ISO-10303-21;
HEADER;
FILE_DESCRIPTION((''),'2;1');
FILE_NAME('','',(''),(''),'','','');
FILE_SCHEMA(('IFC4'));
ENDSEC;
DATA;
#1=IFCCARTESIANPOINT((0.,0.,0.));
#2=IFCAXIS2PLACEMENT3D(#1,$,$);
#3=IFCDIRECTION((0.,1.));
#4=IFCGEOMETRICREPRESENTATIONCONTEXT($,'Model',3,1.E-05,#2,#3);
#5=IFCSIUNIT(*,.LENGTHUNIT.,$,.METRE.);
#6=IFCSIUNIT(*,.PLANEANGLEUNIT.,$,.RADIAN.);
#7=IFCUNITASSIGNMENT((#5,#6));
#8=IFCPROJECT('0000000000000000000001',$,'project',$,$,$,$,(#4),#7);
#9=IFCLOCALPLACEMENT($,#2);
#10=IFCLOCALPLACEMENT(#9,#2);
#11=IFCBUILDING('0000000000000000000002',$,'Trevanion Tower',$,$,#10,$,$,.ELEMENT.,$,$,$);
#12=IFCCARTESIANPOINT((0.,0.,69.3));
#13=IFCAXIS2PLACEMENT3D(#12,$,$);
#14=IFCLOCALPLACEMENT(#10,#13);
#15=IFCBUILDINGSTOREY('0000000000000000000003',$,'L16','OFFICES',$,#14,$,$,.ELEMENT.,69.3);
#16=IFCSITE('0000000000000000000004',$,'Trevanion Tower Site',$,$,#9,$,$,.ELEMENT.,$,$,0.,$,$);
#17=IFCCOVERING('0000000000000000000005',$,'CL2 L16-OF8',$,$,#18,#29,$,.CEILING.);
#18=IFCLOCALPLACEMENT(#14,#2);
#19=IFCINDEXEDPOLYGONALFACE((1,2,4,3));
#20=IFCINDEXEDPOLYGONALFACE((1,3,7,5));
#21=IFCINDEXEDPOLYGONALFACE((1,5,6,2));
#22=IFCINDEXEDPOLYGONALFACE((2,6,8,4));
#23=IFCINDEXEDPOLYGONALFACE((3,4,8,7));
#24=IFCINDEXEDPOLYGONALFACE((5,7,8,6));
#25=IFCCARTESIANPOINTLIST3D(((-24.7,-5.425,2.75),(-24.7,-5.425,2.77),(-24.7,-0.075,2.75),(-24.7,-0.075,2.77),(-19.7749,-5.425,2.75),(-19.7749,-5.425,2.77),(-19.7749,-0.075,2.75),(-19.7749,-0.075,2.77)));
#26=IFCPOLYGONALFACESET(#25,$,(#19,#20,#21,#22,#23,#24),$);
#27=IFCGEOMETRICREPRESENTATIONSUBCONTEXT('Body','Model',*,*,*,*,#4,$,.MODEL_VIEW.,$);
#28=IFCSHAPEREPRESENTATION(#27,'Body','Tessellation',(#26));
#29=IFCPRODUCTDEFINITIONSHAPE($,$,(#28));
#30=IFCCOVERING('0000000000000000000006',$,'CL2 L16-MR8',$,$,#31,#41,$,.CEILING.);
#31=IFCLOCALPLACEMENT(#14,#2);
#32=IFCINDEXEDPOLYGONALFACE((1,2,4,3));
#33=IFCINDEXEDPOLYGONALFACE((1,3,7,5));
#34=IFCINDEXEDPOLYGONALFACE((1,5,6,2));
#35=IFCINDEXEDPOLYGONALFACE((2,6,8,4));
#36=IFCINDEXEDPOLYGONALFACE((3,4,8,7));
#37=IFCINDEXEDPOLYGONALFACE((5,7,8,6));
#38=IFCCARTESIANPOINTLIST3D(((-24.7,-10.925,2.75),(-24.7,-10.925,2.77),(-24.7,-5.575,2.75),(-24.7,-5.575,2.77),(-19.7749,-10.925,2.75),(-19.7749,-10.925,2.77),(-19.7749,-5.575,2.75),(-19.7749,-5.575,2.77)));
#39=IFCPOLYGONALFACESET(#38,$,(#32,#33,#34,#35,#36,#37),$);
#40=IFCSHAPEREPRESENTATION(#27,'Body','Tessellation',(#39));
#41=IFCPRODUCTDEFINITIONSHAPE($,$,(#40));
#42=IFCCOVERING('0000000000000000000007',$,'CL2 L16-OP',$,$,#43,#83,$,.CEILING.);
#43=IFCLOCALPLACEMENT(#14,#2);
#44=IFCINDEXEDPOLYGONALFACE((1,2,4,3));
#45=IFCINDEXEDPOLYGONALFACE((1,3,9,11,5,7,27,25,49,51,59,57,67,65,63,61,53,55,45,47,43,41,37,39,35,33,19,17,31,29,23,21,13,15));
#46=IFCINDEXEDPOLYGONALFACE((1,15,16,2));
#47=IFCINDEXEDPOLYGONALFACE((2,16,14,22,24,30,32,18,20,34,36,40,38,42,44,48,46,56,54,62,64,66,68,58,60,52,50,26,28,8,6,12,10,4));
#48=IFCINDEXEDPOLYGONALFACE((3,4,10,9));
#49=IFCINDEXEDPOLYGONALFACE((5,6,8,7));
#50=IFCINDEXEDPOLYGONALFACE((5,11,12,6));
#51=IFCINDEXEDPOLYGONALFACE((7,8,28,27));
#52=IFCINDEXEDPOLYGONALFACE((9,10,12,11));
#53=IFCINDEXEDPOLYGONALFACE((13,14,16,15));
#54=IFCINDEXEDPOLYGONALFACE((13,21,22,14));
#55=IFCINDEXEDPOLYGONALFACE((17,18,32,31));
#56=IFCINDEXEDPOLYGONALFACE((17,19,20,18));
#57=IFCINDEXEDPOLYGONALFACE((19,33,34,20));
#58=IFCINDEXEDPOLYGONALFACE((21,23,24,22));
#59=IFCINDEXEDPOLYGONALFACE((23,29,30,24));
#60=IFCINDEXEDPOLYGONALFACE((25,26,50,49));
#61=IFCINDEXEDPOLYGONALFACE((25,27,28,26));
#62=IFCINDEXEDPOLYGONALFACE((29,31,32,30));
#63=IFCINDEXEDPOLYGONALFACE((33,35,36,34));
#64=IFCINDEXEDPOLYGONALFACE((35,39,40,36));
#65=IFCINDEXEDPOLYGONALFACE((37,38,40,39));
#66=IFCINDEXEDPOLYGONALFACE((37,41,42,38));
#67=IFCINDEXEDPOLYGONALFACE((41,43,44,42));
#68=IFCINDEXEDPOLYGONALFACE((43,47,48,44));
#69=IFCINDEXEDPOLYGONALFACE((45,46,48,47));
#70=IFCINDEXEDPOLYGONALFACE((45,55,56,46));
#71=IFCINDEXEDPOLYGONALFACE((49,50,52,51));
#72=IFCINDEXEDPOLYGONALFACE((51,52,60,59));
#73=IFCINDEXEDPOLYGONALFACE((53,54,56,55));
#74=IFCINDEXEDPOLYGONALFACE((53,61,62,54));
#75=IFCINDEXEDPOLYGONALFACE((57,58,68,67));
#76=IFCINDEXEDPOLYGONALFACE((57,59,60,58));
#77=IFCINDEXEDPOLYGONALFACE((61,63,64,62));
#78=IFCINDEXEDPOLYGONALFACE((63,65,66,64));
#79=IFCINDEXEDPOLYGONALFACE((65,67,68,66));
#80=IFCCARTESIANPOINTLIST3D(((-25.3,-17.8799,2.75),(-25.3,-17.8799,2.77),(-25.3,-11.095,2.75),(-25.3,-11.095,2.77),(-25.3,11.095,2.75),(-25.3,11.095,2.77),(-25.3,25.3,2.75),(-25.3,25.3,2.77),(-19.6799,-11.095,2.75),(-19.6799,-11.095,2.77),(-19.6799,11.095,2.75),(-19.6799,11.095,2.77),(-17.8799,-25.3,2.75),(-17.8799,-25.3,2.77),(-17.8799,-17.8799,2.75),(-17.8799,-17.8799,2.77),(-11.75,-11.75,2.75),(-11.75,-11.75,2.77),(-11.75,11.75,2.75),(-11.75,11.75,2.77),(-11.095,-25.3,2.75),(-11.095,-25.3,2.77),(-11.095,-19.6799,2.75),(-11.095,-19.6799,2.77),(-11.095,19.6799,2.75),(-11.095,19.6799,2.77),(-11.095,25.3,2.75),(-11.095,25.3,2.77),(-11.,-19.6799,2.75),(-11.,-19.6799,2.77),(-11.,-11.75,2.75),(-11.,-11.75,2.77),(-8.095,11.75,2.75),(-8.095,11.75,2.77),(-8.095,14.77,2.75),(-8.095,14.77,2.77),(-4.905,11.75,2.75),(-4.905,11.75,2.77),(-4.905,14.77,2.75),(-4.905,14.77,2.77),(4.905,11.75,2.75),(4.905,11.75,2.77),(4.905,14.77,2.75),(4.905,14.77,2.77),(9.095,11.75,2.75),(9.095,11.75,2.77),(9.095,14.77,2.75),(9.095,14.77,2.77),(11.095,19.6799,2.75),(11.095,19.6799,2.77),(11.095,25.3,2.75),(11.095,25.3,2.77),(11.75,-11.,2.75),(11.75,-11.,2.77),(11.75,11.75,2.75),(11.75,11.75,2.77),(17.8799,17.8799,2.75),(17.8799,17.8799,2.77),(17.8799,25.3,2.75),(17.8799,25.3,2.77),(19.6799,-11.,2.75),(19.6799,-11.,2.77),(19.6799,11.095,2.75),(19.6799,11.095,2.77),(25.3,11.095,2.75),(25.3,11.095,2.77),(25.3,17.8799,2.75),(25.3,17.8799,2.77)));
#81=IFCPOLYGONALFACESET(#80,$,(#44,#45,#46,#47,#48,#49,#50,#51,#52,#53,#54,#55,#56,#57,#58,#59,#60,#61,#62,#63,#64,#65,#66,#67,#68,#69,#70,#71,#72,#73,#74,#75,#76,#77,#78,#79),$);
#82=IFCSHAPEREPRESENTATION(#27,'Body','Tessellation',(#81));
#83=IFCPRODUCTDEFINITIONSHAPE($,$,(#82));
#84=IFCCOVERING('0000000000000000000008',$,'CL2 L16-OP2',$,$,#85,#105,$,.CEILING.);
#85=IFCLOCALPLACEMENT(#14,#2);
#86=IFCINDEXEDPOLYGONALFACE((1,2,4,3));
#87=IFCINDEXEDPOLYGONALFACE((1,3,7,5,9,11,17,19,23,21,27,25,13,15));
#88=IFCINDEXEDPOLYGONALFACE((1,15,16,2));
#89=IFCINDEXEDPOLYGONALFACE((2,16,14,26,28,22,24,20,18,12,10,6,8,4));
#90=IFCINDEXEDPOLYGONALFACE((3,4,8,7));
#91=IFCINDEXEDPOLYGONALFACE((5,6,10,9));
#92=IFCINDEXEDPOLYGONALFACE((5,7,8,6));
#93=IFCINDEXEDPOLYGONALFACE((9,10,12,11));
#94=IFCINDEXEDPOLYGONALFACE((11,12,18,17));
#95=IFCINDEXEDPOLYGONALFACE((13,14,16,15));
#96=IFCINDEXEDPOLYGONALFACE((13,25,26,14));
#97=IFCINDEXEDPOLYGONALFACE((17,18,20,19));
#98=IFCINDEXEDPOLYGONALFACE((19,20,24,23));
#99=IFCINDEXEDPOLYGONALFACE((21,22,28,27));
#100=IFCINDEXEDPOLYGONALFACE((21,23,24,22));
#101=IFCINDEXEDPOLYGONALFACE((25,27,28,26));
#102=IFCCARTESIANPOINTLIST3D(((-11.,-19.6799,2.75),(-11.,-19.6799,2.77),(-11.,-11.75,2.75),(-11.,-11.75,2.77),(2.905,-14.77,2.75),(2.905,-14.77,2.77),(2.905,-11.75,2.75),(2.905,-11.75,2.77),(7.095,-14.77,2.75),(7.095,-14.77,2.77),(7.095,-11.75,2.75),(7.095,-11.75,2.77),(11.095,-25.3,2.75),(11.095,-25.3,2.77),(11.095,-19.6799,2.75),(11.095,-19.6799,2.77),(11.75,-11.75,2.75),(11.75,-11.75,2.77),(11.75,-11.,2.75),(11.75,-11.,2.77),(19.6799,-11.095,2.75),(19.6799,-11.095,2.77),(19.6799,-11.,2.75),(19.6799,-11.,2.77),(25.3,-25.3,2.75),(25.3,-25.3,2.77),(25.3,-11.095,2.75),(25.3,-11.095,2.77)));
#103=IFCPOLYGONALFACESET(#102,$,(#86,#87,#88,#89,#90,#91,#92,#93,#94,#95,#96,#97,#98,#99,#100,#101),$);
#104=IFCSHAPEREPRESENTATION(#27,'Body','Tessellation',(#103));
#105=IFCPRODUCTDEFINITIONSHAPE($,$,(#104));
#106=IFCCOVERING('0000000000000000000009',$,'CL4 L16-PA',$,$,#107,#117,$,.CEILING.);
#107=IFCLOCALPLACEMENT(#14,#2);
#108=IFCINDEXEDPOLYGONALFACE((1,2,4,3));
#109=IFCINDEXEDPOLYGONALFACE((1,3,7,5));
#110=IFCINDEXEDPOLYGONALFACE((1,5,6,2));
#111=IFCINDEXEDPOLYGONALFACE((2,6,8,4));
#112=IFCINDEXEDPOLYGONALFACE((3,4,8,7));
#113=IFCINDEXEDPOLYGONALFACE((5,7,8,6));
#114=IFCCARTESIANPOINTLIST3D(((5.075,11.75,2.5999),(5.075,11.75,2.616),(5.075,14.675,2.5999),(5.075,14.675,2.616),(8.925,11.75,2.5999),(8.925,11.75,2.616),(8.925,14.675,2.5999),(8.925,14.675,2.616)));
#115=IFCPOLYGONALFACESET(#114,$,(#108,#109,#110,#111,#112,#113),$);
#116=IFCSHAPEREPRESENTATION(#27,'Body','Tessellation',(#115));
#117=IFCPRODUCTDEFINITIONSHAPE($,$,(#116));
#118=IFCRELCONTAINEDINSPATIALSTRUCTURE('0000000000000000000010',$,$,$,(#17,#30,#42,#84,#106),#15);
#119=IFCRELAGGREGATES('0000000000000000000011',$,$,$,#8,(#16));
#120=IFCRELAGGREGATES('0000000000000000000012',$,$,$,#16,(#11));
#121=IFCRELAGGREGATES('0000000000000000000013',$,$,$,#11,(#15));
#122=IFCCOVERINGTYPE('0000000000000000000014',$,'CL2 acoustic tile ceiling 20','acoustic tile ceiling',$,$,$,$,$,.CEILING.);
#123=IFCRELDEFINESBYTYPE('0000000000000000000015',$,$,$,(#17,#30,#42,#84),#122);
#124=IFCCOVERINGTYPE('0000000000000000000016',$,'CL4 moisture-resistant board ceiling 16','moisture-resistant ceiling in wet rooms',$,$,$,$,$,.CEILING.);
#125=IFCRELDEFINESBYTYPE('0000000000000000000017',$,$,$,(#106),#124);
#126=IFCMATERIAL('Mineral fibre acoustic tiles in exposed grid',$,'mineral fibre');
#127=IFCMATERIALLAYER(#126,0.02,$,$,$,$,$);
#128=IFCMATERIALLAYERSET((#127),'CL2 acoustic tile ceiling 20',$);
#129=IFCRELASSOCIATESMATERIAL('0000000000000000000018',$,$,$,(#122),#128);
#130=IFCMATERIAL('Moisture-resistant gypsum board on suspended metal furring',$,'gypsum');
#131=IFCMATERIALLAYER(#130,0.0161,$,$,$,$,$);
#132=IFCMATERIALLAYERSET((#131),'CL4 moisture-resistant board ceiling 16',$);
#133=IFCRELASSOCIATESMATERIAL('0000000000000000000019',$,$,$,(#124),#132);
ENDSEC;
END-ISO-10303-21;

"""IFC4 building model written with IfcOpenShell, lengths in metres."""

from ifc_helpers import new_model, si_unit, direction, frame, origin, place, context, subcontext, project, spatial, polyline, outline, extrude, material, layer, layer_set, type_object, element, save


model = new_model("IFC4")

# Units and contexts
model_context = context("Model", 3, precision=1e-05, world=origin(), true_north=direction((0.0, 1.0)))
body_context = subcontext(model_context, "Body", "Model", "MODEL_VIEW")
ifc_project = project(units=[si_unit("LENGTHUNIT", "METRE"), si_unit("PLANEANGLEUNIT", "RADIAN")], contexts=[model_context])

# Site, building, storey
site_placement = place(None, origin())
site = spatial("IfcSite", under=ifc_project, at=site_placement, Name="Trevanion Tower Site", CompositionType="ELEMENT", RefElevation=0.0)
building_placement = place(site_placement, origin())
building = spatial("IfcBuilding", under=site, at=building_placement, Name="Trevanion Tower", CompositionType="ELEMENT")
storey_placement = place(building_placement, frame((0.0, 0.0, 69.3)))
storey = spatial("IfcBuildingStorey", under=building, at=storey_placement, Name="L16", Description="OFFICES", CompositionType="ELEMENT", Elevation=69.3)

# Coverings
ifc_material_1 = material(Name="Mineral fibre acoustic tiles in exposed grid", Category="mineral fibre")
ifc_layer_1 = layer(ifc_material_1, 0.02)
ifc_layer_set_1 = layer_set([ifc_layer_1], Name="CL2 acoustic tile ceiling 20")
covering_type_1 = type_object("IfcCoveringType", Name="CL2 acoustic tile ceiling 20", Description="acoustic tile ceiling", PredefinedType="CEILING", material=ifc_layer_set_1)
covering_1_placement = place(storey_placement, frame((0.0, 0.0, 2.75)))
element("IfcCovering", 1, at=covering_1_placement, inside=storey, type_object=covering_type_1, Name="CL2 L16-OF8", PredefinedType="CEILING", context=body_context, shape_type="SweptSolid", body=[
    extrude(outline(polyline([(-19.7749, -0.075), (-19.7749, -5.425), (-24.7, -5.425), (-24.7, -0.075), (-19.7749, -0.075)])), origin(), (0.0, 0.0, 1.0), 0.02),
])
covering_2_placement = place(storey_placement, frame((0.0, 0.0, 2.75)))
element("IfcCovering", 2, at=covering_2_placement, inside=storey, type_object=covering_type_1, Name="CL2 L16-MR8", PredefinedType="CEILING", context=body_context, shape_type="SweptSolid", body=[
    extrude(outline(polyline([(-19.7749, -5.575), (-19.7749, -10.925), (-24.7, -10.925), (-24.7, -5.575), (-19.7749, -5.575)])), origin(), (0.0, 0.0, 1.0), 0.02),
])
covering_3_placement = place(storey_placement, frame((0.0, 0.0, 2.75)))
element("IfcCovering", 3, at=covering_3_placement, inside=storey, type_object=covering_type_1, Name="CL2 L16-OP", PredefinedType="CEILING", context=body_context, shape_type="SweptSolid", body=[
    extrude(outline(polyline([(-11.0, -11.75), (-11.0, -19.6799), (-11.095, -19.6799), (-11.095, -25.3), (-17.8799, -25.3), (-17.8799, -17.8799), (-25.3, -17.8799), (-25.3, -11.095), (-19.6799, -11.095), (-19.6799, 11.095), (-25.3, 11.095), (-25.3, 25.3), (-11.095, 25.3), (-11.095, 19.6799), (11.095, 19.6799), (11.095, 25.3), (17.8799, 25.3), (17.8799, 17.8799), (25.3, 17.8799), (25.3, 11.095), (19.6799, 11.095), (19.6799, -11.0), (11.75, -11.0), (11.75, 11.75), (9.095, 11.75), (9.095, 14.77), (4.905, 14.77), (4.905, 11.75), (-4.905, 11.75), (-4.905, 14.77), (-8.095, 14.77), (-8.095, 11.75), (-11.75, 11.75), (-11.75, -11.75), (-11.0, -11.75)])), origin(), (0.0, 0.0, 1.0), 0.02),
])
covering_4_placement = place(storey_placement, frame((0.0, 0.0, 2.75)))
element("IfcCovering", 4, at=covering_4_placement, inside=storey, type_object=covering_type_1, Name="CL2 L16-OP2", PredefinedType="CEILING", context=body_context, shape_type="SweptSolid", body=[
    extrude(outline(polyline([(2.905, -11.75), (2.905, -14.77), (7.095, -14.77), (7.095, -11.75), (11.75, -11.75), (11.75, -11.0), (19.6799, -11.0), (19.6799, -11.095), (25.3, -11.095), (25.3, -25.3), (11.095, -25.3), (11.095, -19.6799), (-11.0, -19.6799), (-11.0, -11.75), (2.905, -11.75)])), origin(), (0.0, 0.0, 1.0), 0.02),
])
ifc_material_2 = material(Name="Moisture-resistant gypsum board on suspended metal furring", Category="gypsum")
ifc_layer_2 = layer(ifc_material_2, 0.0161)
ifc_layer_set_2 = layer_set([ifc_layer_2], Name="CL4 moisture-resistant board ceiling 16")
covering_type_2 = type_object("IfcCoveringType", Name="CL4 moisture-resistant board ceiling 16", Description="moisture-resistant ceiling in wet rooms", PredefinedType="CEILING", material=ifc_layer_set_2)
covering_5_placement = place(storey_placement, frame((0.0, 0.0, 2.5999)))
element("IfcCovering", 5, at=covering_5_placement, inside=storey, type_object=covering_type_2, Name="CL4 L16-PA", PredefinedType="CEILING", context=body_context, shape_type="SweptSolid", body=[
    extrude(outline(polyline([(5.075, 14.675), (8.925, 14.675), (8.925, 11.75), (5.075, 11.75), (5.075, 14.675)])), origin(), (0.0, 0.0, 1.0), 0.0161),
])

save(model, "model.ifc")
